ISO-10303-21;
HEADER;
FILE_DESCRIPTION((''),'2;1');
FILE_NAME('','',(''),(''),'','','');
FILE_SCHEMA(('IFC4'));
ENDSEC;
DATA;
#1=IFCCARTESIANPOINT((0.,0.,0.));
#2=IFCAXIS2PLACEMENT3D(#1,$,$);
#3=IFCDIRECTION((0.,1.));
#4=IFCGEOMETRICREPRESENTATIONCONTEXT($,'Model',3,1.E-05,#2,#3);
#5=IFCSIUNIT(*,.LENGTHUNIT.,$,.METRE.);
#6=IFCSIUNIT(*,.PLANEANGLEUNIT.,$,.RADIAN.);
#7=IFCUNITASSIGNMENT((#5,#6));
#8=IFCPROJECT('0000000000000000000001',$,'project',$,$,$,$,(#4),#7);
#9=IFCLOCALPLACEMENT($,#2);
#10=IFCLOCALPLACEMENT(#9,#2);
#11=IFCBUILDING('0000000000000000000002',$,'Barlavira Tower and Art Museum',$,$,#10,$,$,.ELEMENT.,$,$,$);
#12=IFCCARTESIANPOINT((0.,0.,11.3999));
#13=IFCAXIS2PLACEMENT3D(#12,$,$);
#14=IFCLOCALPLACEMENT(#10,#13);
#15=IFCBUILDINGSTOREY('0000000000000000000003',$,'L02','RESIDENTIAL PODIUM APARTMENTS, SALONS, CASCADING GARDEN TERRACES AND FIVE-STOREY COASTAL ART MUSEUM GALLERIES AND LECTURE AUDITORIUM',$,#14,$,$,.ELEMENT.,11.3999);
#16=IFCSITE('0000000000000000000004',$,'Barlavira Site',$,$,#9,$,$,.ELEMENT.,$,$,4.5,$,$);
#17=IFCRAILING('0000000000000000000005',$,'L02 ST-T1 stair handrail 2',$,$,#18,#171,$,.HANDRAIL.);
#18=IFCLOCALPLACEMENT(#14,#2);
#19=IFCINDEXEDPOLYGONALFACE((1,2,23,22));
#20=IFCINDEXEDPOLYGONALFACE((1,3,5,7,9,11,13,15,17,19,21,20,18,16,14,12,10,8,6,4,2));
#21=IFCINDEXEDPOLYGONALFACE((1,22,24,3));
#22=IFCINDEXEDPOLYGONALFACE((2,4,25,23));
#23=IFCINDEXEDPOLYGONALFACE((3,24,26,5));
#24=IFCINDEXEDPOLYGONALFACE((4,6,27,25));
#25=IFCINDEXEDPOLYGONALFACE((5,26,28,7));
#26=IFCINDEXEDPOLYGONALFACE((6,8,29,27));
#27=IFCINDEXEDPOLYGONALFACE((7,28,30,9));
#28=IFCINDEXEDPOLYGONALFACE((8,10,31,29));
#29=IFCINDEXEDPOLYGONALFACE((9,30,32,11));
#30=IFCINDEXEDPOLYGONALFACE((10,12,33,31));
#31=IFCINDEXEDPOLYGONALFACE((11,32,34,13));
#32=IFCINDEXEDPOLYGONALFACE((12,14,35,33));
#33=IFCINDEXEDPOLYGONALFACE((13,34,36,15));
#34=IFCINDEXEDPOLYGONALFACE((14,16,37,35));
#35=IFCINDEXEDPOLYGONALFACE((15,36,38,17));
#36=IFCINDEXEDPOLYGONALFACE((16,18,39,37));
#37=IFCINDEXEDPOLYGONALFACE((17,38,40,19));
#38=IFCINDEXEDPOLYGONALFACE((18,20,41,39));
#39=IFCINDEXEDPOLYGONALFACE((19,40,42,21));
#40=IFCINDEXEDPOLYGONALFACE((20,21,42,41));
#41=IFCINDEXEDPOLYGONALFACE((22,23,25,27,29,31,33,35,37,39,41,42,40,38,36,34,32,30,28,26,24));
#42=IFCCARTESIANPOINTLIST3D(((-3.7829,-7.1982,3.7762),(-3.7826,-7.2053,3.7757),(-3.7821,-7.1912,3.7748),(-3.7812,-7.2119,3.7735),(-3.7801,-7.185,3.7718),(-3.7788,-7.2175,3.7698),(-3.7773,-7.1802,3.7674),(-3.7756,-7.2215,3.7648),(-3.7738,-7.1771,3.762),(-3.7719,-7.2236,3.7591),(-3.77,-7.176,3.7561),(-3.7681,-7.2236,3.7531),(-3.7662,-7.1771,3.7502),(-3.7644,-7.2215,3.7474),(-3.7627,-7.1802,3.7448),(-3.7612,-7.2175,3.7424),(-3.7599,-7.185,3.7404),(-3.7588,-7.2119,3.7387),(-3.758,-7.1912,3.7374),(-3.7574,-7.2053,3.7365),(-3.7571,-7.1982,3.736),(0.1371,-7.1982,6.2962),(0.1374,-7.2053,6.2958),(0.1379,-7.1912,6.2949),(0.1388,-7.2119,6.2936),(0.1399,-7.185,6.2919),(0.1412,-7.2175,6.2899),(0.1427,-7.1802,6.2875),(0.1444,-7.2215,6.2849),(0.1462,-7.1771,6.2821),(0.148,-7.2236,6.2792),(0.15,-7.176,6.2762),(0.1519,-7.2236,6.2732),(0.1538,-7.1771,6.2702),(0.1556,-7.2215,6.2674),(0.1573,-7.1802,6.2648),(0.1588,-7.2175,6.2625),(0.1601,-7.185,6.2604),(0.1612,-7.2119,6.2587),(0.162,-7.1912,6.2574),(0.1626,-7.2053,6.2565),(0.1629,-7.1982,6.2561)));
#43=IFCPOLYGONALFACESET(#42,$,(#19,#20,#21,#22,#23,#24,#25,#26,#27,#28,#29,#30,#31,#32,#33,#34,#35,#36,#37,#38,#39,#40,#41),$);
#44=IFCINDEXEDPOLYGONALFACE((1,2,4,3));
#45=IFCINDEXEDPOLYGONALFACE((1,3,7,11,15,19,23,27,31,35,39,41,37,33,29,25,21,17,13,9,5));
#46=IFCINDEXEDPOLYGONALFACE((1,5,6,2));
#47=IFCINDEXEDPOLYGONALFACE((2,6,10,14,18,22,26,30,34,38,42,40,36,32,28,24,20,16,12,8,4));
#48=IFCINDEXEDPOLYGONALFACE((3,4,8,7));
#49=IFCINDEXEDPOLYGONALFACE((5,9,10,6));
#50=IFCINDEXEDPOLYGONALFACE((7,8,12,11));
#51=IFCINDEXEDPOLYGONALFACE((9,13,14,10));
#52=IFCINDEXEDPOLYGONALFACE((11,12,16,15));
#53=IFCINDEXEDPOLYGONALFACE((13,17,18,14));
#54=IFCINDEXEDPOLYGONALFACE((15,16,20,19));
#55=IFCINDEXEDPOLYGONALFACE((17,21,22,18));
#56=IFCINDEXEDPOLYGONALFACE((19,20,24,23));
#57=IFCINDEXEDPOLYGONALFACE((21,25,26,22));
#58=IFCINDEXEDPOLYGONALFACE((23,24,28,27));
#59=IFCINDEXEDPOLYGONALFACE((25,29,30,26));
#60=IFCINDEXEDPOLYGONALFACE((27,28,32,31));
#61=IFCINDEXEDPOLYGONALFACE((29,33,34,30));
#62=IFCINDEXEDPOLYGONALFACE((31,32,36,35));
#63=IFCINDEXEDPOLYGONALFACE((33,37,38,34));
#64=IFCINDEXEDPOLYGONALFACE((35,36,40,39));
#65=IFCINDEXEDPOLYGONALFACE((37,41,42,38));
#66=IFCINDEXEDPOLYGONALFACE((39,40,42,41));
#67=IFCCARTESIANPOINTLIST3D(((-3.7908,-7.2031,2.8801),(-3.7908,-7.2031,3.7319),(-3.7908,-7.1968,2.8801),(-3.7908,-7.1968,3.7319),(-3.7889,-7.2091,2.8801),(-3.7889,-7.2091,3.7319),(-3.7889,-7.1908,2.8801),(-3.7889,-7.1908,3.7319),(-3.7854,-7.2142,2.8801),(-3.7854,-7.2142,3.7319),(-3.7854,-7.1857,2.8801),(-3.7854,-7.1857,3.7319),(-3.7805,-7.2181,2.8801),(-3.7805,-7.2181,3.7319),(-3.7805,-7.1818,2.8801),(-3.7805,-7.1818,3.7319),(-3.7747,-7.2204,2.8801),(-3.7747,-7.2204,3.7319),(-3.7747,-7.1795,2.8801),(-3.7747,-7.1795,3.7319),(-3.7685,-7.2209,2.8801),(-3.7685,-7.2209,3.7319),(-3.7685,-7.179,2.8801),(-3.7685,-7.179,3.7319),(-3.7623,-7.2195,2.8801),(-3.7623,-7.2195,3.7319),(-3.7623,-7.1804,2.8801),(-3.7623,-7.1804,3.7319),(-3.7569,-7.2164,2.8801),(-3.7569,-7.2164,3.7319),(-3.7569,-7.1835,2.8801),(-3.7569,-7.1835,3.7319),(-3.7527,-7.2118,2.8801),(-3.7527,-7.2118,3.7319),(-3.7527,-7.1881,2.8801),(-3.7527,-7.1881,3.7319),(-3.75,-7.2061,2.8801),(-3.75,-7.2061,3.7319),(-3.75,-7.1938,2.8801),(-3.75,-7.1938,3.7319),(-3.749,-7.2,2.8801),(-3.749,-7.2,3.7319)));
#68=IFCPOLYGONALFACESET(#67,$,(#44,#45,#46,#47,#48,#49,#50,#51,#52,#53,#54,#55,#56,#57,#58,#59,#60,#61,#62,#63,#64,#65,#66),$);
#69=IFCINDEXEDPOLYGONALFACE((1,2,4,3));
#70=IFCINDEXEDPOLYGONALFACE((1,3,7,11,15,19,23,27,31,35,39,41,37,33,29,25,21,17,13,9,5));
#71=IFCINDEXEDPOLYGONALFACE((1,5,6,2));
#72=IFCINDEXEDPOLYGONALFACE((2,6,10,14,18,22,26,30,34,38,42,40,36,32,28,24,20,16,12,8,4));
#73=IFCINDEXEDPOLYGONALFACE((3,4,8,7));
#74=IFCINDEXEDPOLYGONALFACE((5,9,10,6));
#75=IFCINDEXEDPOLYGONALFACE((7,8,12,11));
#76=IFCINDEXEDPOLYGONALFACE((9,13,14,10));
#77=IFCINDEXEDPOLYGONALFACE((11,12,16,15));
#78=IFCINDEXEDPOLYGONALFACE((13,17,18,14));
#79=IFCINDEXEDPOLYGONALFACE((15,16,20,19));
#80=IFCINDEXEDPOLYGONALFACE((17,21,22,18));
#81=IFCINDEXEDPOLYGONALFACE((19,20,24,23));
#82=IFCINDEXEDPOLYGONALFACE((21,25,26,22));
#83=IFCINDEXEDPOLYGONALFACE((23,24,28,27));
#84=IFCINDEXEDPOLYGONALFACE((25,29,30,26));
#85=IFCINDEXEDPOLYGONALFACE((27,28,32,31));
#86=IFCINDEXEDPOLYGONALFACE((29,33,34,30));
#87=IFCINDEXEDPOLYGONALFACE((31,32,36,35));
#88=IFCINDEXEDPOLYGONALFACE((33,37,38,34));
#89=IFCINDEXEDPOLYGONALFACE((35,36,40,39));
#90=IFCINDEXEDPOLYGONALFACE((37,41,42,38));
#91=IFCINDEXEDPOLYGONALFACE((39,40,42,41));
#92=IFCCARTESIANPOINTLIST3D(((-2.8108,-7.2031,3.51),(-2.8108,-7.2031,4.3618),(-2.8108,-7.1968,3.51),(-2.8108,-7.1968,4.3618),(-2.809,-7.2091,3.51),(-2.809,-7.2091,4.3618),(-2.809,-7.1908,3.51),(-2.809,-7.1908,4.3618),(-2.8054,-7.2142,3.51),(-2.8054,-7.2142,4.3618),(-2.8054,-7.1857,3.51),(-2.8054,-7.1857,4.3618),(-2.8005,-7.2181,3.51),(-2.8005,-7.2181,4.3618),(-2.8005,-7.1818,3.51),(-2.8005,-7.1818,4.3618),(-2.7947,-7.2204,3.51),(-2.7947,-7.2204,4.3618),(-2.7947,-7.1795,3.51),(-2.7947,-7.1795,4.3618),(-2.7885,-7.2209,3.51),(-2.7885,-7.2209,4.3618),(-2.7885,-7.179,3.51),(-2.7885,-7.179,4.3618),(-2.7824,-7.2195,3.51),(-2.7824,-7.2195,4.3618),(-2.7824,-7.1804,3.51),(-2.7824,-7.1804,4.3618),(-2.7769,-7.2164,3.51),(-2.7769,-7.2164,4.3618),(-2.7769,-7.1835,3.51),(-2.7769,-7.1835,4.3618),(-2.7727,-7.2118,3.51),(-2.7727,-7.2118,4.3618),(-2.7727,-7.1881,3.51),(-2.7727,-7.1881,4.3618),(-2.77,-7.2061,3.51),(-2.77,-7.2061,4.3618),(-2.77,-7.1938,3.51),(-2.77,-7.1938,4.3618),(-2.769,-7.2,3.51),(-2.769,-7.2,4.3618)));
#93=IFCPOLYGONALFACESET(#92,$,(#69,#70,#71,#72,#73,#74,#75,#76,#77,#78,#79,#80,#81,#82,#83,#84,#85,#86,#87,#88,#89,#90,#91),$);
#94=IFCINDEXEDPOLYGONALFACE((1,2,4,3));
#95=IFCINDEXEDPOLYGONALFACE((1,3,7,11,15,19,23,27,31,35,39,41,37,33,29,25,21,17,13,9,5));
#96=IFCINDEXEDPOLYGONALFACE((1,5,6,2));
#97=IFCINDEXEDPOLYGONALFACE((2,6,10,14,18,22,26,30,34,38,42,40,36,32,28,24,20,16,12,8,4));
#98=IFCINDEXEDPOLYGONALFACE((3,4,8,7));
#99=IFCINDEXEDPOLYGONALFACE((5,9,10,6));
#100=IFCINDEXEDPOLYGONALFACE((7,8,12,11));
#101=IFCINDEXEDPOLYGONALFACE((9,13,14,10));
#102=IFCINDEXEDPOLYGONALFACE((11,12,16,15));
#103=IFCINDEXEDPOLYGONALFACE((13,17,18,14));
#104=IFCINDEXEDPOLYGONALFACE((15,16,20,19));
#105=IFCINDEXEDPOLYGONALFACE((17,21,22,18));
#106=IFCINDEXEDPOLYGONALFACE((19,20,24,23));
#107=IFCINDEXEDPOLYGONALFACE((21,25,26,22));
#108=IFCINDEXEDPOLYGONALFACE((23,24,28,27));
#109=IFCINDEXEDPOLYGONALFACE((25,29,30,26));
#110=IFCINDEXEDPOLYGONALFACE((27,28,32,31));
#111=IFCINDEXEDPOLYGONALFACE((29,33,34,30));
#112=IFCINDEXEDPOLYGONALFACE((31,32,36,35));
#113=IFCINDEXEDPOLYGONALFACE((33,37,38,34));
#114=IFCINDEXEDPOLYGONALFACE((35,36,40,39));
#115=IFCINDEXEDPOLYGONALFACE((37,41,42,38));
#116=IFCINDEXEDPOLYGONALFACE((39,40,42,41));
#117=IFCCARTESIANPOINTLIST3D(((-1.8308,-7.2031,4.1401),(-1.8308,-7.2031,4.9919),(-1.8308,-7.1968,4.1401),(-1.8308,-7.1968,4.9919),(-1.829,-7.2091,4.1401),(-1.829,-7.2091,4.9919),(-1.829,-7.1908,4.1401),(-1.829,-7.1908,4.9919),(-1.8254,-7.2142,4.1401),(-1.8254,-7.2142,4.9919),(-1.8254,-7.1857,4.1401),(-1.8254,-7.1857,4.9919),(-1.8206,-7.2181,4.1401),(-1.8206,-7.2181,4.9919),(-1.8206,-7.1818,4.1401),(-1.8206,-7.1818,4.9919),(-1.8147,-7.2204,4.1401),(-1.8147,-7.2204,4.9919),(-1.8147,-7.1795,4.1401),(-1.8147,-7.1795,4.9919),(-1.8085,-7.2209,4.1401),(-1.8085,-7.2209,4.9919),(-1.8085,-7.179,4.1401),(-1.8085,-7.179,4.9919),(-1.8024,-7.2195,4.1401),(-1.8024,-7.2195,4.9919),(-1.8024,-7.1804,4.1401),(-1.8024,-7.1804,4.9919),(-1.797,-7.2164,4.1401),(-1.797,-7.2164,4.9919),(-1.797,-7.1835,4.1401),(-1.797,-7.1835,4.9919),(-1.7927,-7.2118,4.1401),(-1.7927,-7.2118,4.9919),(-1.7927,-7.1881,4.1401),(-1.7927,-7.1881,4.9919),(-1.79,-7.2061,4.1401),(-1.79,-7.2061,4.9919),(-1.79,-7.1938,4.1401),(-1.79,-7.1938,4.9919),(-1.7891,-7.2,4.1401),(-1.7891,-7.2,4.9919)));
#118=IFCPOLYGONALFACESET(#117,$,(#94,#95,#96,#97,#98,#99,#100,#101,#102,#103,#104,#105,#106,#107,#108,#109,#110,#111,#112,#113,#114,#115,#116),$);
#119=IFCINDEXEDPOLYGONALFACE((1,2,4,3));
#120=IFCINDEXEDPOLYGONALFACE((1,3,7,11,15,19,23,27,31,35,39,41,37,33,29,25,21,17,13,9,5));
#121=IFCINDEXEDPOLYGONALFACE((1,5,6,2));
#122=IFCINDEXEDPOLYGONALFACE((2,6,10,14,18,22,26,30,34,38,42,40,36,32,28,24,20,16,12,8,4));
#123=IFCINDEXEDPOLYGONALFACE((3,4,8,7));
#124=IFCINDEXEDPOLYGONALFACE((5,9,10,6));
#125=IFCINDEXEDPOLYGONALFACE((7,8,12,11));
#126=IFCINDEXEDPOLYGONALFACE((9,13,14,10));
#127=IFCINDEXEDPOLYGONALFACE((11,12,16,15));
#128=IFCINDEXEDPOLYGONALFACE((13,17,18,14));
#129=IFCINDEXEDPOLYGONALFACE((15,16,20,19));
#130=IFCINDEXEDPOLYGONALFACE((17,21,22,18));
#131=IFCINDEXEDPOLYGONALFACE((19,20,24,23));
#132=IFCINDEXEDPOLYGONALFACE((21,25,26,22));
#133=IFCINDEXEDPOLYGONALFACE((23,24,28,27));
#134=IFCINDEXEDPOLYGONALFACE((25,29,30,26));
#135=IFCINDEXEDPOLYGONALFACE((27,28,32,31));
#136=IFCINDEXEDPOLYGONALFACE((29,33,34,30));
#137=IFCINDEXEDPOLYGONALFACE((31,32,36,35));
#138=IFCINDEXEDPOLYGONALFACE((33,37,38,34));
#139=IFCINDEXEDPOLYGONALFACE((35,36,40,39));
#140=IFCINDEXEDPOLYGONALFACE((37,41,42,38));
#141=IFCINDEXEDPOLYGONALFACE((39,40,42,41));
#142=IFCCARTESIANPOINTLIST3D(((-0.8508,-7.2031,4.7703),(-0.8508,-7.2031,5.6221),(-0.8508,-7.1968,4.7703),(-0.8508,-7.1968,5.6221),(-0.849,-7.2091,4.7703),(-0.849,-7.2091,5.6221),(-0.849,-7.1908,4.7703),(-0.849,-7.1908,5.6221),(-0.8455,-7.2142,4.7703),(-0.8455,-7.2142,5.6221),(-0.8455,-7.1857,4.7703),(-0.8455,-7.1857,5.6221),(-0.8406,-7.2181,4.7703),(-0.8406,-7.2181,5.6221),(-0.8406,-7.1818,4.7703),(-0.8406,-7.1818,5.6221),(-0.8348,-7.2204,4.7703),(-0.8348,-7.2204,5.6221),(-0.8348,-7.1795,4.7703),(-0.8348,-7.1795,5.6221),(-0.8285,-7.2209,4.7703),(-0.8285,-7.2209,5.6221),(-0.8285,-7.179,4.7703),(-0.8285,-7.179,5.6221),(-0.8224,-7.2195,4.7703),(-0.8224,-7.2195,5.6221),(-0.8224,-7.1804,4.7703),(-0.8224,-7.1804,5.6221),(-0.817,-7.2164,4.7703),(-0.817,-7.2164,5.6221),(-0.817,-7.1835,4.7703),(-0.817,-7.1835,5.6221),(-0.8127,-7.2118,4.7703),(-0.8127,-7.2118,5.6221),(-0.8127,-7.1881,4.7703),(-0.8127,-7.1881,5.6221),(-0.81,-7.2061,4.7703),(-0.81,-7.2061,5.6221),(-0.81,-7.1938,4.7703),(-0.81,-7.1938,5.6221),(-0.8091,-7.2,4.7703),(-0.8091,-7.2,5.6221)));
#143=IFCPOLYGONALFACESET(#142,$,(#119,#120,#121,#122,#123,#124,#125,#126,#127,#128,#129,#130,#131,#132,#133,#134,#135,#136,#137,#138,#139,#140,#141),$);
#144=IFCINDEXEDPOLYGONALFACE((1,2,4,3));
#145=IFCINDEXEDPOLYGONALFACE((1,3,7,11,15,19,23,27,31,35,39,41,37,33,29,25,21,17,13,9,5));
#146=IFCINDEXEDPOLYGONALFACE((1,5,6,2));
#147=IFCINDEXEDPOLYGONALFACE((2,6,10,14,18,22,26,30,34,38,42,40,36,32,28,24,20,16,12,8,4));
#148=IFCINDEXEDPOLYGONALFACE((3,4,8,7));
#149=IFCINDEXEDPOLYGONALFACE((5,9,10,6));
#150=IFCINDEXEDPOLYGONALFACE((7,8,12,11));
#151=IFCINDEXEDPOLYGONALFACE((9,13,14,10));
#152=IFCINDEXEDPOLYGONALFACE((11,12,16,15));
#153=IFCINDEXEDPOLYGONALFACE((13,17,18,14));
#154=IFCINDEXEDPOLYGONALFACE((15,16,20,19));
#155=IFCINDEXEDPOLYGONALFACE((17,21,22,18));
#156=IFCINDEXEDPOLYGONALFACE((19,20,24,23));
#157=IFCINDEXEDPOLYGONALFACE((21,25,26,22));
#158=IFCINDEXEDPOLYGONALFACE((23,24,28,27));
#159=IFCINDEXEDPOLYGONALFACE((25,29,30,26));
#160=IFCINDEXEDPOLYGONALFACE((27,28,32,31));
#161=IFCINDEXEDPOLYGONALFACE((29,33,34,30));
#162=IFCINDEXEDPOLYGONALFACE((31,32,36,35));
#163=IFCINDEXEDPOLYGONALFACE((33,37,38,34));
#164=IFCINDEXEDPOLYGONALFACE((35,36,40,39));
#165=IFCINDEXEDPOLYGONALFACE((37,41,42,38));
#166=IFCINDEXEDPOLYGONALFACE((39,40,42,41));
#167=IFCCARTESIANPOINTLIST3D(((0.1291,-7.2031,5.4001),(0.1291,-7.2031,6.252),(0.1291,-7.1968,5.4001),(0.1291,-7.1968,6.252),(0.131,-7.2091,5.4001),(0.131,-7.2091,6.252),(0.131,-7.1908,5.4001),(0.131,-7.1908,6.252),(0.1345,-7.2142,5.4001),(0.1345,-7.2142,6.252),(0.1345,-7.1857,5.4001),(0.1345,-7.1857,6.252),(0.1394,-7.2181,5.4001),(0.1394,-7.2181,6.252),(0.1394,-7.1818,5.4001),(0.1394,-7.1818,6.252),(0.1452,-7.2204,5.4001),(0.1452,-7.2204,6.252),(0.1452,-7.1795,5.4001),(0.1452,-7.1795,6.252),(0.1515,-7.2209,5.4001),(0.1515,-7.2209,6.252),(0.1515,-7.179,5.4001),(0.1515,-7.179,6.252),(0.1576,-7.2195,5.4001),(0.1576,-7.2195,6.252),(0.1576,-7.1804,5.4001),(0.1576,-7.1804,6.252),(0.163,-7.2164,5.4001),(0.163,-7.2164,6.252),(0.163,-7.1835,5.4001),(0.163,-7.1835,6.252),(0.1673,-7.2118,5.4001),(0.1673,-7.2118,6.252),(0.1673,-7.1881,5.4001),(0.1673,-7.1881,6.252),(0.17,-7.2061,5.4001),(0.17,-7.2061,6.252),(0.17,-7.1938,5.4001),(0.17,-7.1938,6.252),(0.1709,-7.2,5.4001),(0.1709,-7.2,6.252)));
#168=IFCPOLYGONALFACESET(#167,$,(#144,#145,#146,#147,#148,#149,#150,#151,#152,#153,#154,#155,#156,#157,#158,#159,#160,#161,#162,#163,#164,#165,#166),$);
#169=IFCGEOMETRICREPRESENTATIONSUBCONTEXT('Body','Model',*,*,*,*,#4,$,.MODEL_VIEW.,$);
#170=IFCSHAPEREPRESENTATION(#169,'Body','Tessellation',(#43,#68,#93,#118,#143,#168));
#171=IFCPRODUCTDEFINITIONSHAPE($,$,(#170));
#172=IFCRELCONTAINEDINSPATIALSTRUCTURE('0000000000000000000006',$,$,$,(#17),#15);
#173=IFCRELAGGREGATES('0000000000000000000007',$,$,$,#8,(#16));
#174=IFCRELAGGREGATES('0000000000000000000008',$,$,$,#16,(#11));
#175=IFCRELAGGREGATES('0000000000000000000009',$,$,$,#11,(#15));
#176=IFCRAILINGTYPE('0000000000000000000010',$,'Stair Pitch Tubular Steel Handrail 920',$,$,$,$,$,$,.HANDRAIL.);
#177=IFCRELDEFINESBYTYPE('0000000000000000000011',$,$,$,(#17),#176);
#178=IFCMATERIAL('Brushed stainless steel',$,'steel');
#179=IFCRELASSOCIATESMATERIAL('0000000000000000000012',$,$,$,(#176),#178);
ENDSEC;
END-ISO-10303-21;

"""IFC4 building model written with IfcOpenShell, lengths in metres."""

from ifc_helpers import new_model, si_unit, direction, frame, origin, origin_2d, place, context, subcontext, project, spatial, circle, extrude, material, type_object, element, save


model = new_model("IFC4")

# Units and contexts
model_context = context("Model", 3, precision=1e-05, world=origin(), true_north=direction((0.0, 1.0)))
body_context = subcontext(model_context, "Body", "Model", "MODEL_VIEW")
ifc_project = project(units=[si_unit("LENGTHUNIT", "METRE"), si_unit("PLANEANGLEUNIT", "RADIAN")], contexts=[model_context])

# Site, building, storey
site_placement = place(None, origin())
site = spatial("IfcSite", under=ifc_project, at=site_placement, Name="Barlavira Site", CompositionType="ELEMENT", RefElevation=4.5)
building_placement = place(site_placement, origin())
building = spatial("IfcBuilding", under=site, at=building_placement, Name="Barlavira Tower and Art Museum", CompositionType="ELEMENT")
storey_placement = place(building_placement, frame((0.0, 0.0, 11.3999)))
storey = spatial("IfcBuildingStorey", under=building, at=storey_placement, Name="L02", Description="RESIDENTIAL PODIUM APARTMENTS, SALONS, CASCADING GARDEN TERRACES AND FIVE-STOREY COASTAL ART MUSEUM GALLERIES AND LECTURE AUDITORIUM", CompositionType="ELEMENT", Elevation=11.3999)

# Shared definitions
ifc_material_1 = material(Name="Brushed stainless steel", Category="steel")

# Railing
railing_type_1 = type_object("IfcRailingType", Name="Stair Pitch Tubular Steel Handrail 920", PredefinedType="HANDRAIL", material=ifc_material_1)
railing_1_placement = place(storey_placement, frame((-3.77, -7.2, 2.8801)))
element("IfcRailing", 1, at=railing_1_placement, inside=storey, type_object=railing_type_1, Name="L02 ST-T1 stair handrail 2", PredefinedType="HANDRAIL", context=body_context, shape_type="SweptSolid", body=[
    extrude(circle(Radius=0.0239, at=origin_2d()), frame((0.0, 0.0, 0.876), z_axis=(0.841172, 0.0, 0.540768), x_axis=(0.0, 1.0, 0.0)), (0.0, 0.0, 1.0), 4.6602),
    extrude(circle(Radius=0.021, at=origin_2d()), origin(), (0.0, 0.0, 1.0), 0.8518),
    extrude(circle(Radius=0.021, at=origin_2d()), frame((0.98, 0.0, 0.6299)), (0.0, 0.0, 1.0), 0.8518),
    extrude(circle(Radius=0.021, at=origin_2d()), frame((1.96, 0.0, 1.26)), (0.0, 0.0, 1.0), 0.8518),
    extrude(circle(Radius=0.021, at=origin_2d()), frame((2.9399, 0.0, 1.8901)), (0.0, 0.0, 1.0), 0.8518),
    extrude(circle(Radius=0.021, at=origin_2d()), frame((3.9199, 0.0, 2.52)), (0.0, 0.0, 1.0), 0.8518),
])

save(model, "model.ifc")
